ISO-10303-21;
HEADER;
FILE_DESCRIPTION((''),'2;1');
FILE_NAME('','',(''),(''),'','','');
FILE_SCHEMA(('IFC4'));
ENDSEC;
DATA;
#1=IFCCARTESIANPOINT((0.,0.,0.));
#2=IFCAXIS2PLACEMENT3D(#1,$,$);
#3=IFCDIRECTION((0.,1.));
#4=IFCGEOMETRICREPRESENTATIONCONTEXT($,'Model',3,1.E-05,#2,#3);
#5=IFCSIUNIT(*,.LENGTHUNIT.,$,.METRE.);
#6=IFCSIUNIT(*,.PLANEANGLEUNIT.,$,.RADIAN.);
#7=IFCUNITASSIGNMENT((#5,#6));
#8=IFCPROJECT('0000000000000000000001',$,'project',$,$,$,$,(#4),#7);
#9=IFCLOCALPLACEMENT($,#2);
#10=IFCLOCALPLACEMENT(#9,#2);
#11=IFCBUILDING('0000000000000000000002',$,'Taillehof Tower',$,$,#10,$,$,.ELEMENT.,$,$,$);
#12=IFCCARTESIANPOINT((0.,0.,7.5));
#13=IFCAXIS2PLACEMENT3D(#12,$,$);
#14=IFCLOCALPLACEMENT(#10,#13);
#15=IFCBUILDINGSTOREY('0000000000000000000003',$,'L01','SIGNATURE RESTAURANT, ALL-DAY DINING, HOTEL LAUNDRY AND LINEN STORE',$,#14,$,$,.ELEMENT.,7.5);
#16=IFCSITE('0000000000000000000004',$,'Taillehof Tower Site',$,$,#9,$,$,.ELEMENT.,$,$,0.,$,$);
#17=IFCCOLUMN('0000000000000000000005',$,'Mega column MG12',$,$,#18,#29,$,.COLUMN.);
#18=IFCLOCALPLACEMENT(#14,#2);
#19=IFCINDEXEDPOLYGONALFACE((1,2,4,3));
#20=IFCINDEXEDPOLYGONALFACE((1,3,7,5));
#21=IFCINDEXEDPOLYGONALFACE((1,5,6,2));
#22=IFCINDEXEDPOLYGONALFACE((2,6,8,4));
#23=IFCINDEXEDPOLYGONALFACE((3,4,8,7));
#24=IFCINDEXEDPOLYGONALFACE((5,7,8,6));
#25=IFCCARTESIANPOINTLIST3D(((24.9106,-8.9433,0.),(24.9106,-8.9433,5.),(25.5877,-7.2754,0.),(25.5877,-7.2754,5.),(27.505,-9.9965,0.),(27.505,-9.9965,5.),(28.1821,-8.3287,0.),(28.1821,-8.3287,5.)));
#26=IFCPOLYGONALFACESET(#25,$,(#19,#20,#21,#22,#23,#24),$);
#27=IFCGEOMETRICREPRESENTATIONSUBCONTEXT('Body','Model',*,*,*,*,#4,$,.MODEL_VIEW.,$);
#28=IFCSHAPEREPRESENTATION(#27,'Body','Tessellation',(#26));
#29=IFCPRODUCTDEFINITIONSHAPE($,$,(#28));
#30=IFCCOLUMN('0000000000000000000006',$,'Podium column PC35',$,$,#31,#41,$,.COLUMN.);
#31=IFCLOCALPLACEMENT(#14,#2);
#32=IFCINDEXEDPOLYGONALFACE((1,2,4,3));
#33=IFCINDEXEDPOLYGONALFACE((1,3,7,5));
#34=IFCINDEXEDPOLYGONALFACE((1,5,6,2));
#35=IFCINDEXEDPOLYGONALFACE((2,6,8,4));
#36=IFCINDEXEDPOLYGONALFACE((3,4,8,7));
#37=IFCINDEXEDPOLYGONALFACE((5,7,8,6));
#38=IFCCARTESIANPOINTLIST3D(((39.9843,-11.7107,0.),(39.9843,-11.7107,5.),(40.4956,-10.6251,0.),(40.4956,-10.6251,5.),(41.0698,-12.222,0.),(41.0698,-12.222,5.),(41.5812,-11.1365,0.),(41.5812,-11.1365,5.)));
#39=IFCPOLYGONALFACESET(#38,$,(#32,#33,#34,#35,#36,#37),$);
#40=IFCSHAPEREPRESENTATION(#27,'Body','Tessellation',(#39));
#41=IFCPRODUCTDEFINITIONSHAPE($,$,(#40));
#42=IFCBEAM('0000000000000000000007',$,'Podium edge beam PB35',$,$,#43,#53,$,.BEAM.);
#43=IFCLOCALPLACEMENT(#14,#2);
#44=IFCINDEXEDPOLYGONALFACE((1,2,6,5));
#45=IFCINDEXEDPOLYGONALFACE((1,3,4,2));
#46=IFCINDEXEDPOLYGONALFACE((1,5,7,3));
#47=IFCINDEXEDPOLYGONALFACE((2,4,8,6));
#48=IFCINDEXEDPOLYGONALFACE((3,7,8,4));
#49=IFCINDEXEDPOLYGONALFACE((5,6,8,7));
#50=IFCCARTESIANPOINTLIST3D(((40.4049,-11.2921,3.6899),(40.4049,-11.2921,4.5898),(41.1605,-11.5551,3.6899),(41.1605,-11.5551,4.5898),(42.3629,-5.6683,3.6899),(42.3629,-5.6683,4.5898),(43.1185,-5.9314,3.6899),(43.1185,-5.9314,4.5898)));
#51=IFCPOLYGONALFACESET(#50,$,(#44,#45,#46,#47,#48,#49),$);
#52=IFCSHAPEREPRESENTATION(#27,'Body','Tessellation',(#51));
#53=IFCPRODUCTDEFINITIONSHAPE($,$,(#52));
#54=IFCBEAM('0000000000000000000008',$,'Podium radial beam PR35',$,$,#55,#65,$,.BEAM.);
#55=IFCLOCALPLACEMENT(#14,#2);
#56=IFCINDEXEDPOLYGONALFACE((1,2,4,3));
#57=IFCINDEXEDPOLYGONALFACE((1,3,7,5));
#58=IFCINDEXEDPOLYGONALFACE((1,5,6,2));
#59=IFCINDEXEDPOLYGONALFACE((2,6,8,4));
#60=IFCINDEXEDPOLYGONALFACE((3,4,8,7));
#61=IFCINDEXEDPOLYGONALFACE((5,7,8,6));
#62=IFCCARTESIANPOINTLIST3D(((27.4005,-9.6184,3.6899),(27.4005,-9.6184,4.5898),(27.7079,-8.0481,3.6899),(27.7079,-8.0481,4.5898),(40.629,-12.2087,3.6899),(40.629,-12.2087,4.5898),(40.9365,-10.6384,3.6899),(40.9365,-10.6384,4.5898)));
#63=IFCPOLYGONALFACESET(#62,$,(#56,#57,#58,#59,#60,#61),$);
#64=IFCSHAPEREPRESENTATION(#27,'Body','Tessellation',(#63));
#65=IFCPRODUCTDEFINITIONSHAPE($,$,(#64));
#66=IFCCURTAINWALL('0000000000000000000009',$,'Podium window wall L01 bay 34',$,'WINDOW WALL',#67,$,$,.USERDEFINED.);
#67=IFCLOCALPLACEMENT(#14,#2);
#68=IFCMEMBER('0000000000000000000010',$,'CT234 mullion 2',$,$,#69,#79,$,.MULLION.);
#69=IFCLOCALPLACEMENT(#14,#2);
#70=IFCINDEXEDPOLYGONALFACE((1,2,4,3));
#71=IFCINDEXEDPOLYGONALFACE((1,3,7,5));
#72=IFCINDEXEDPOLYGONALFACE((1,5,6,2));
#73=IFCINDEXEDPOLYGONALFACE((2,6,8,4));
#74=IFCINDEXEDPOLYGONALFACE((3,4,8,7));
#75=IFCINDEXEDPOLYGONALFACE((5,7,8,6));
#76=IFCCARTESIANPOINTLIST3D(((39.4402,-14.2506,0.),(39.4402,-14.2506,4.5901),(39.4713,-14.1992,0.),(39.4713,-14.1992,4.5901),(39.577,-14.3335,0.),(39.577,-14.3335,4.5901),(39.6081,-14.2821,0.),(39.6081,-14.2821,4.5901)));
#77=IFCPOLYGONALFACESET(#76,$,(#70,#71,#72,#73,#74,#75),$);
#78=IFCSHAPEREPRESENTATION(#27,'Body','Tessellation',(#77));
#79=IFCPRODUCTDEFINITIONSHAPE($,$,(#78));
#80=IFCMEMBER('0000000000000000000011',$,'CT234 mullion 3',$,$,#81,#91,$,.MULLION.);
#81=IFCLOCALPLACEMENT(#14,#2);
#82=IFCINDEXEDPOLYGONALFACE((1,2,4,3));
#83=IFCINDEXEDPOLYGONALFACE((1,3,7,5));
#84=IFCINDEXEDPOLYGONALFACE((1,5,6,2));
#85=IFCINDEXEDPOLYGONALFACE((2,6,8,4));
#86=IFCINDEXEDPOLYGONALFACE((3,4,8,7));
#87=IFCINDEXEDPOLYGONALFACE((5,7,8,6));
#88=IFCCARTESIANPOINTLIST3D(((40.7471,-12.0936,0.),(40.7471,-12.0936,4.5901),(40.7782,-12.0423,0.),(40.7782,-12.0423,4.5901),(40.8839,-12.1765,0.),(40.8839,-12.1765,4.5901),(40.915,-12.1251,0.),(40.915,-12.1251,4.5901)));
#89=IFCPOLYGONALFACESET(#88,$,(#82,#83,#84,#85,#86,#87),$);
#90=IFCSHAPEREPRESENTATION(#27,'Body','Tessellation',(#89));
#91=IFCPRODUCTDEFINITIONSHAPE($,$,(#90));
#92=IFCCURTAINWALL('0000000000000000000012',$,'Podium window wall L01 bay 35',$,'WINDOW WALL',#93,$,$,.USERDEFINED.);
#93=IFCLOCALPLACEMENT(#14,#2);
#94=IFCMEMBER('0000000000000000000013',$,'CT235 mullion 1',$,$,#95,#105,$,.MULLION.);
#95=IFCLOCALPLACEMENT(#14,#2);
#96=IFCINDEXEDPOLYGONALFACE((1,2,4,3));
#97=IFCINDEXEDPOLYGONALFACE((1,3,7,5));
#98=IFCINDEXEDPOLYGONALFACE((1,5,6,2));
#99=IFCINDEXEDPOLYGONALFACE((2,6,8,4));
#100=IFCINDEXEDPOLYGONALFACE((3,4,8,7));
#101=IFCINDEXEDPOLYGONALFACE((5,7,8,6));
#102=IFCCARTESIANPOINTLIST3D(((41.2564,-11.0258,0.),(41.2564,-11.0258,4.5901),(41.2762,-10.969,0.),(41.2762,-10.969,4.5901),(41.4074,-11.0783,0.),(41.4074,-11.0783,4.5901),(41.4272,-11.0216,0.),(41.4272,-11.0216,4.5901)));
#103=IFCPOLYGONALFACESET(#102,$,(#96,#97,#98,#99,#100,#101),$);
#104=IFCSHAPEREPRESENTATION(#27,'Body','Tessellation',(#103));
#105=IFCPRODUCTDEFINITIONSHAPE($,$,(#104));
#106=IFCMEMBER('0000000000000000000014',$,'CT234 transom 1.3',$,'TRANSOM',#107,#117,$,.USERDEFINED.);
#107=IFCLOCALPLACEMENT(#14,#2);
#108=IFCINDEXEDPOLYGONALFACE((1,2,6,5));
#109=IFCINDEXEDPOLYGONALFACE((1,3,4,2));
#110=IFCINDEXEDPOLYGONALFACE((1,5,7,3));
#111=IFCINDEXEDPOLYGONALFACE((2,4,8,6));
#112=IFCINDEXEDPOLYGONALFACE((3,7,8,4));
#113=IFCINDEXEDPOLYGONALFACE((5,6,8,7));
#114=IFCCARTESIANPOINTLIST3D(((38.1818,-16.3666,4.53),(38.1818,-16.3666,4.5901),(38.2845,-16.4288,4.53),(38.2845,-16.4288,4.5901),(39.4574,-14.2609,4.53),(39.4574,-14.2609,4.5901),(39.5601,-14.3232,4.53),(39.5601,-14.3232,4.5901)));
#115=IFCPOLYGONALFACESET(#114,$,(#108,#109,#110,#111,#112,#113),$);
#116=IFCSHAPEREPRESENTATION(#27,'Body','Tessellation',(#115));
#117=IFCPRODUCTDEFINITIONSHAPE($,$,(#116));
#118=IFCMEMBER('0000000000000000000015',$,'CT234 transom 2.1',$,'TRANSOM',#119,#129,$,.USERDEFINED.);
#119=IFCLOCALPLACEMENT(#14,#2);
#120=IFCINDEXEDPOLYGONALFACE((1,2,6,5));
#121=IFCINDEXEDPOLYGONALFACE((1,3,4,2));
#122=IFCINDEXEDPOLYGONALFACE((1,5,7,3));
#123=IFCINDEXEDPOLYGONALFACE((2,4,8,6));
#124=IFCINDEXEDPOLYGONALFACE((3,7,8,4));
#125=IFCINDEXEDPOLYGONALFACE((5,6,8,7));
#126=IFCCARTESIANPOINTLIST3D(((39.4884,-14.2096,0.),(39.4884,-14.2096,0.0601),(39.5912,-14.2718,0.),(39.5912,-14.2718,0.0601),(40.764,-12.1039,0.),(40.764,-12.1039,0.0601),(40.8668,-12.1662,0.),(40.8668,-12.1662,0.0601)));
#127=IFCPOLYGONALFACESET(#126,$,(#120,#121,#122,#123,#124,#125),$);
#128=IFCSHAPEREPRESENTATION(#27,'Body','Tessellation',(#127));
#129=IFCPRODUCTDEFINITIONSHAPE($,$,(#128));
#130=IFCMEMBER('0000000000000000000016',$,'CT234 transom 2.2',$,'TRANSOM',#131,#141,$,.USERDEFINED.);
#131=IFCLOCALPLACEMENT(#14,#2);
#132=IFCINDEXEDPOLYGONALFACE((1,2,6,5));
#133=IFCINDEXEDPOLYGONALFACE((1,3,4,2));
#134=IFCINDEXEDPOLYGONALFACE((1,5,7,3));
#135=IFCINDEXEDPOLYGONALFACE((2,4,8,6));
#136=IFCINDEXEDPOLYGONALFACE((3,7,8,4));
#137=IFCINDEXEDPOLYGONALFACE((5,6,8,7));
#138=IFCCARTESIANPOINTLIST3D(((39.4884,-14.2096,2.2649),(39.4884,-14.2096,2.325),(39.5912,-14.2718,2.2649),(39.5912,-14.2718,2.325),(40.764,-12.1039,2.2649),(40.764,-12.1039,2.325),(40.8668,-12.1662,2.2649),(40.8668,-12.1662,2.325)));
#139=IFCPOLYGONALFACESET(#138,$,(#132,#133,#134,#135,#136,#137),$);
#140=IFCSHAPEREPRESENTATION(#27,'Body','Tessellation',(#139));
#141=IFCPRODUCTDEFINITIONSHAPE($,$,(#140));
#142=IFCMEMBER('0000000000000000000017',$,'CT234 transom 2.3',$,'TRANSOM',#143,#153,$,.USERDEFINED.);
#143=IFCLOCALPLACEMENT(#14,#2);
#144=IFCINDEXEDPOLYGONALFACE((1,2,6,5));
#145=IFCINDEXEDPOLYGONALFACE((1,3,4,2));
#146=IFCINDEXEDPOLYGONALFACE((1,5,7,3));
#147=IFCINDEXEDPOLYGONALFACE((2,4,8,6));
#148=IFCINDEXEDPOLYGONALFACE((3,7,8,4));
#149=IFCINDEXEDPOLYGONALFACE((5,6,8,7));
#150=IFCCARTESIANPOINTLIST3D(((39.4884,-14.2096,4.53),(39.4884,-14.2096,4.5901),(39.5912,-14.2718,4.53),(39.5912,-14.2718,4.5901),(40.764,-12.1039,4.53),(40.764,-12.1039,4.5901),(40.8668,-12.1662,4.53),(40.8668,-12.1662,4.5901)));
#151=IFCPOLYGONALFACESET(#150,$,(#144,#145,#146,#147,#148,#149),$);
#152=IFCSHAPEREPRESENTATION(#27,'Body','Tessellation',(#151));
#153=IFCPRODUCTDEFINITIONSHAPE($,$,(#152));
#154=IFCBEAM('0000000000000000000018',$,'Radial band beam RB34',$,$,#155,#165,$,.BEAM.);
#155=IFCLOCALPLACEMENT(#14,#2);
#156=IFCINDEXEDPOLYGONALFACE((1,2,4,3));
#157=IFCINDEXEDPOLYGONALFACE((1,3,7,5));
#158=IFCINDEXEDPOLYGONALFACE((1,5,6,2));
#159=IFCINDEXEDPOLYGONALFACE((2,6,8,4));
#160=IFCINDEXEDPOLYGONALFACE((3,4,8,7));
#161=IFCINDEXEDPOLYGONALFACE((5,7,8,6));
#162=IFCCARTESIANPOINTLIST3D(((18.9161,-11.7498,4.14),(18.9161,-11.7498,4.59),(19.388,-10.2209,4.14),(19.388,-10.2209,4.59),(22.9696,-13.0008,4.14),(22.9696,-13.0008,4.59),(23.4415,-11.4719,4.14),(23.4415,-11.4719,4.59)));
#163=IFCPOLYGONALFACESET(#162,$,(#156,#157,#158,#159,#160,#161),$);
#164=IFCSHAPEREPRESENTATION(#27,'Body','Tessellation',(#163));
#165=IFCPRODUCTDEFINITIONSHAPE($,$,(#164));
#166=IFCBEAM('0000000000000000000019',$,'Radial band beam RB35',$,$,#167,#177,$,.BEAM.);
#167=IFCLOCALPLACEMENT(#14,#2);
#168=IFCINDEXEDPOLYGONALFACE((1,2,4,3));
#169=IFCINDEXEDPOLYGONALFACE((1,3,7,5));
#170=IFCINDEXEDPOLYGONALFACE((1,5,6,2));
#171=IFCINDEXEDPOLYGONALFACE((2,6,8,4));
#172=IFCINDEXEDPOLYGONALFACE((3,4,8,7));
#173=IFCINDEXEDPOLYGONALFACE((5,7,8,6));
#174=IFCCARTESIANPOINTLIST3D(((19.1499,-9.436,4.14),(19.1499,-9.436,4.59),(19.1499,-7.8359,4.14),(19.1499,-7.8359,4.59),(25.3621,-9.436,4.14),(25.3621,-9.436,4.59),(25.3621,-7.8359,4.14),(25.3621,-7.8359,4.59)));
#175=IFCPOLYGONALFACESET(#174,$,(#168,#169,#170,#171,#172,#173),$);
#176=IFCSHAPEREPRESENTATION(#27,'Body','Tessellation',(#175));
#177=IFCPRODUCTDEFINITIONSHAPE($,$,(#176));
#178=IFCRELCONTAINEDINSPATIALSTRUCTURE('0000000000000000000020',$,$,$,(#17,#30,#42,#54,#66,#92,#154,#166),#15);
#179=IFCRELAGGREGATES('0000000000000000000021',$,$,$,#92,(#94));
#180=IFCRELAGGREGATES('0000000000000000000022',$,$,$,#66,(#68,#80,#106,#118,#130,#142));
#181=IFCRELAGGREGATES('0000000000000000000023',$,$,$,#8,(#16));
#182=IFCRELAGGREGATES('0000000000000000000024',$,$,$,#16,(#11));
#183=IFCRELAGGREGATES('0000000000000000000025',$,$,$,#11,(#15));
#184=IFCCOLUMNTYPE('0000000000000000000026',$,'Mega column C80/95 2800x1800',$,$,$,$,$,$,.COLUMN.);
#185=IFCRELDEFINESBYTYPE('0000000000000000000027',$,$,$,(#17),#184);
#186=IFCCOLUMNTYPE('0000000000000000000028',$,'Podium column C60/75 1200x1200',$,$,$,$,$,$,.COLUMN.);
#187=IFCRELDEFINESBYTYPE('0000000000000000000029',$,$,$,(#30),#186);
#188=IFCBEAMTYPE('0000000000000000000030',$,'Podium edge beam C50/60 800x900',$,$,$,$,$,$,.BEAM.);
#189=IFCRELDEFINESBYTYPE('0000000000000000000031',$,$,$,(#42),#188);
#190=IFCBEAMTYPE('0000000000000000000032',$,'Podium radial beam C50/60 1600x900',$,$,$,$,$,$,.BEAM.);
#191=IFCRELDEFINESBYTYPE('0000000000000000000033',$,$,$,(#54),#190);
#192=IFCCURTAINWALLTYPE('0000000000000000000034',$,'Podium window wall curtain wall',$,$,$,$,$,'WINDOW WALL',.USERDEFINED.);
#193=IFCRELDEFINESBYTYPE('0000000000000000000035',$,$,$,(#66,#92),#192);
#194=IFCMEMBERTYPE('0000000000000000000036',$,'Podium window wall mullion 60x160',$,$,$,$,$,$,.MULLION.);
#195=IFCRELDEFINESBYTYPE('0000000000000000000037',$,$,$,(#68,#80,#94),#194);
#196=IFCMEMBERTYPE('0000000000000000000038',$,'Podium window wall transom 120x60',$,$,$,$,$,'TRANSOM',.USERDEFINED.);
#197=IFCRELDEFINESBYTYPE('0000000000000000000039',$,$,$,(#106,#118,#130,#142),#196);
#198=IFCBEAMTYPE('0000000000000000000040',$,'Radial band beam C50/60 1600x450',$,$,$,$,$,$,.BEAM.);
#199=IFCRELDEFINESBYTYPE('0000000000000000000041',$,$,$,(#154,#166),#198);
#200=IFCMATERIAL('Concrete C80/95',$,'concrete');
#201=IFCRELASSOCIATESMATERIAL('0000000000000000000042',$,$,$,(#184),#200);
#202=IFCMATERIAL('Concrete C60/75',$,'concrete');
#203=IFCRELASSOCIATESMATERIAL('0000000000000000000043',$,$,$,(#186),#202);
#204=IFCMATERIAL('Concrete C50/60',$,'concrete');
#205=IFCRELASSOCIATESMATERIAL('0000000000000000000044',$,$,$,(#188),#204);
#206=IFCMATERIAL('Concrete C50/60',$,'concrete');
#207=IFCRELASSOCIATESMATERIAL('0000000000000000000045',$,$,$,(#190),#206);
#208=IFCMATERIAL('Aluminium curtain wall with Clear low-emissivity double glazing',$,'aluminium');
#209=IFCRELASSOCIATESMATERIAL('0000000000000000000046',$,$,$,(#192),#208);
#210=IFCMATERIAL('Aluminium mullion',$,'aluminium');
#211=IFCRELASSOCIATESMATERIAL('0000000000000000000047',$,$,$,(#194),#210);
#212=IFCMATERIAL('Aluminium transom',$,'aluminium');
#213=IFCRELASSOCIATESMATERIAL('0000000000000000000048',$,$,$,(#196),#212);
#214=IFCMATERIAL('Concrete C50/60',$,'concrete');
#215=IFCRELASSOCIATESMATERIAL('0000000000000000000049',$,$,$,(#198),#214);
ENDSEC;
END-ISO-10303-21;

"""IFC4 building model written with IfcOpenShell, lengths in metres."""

from ifc_helpers import new_model, si_unit, direction, frame, origin, origin_2d, place, context, subcontext, project, spatial, rectangle, extrude, material, material_profile, profile_set, type_object, element, aggregate, save


model = new_model("IFC4")

# Units and contexts
model_context = context("Model", 3, precision=1e-05, world=origin(), true_north=direction((0.0, 1.0)))
body_context = subcontext(model_context, "Body", "Model", "MODEL_VIEW")
ifc_project = project(units=[si_unit("LENGTHUNIT", "METRE"), si_unit("PLANEANGLEUNIT", "RADIAN")], contexts=[model_context])

# Site, building, storey
site_placement = place(None, origin())
site = spatial("IfcSite", under=ifc_project, at=site_placement, Name="Taillehof Tower Site", CompositionType="ELEMENT", RefElevation=0.0)
building_placement = place(site_placement, origin())
building = spatial("IfcBuilding", under=site, at=building_placement, Name="Taillehof Tower", CompositionType="ELEMENT")
storey_placement = place(building_placement, frame((0.0, 0.0, 7.5)))
storey = spatial("IfcBuildingStorey", under=building, at=storey_placement, Name="L01", Description="SIGNATURE RESTAURANT, ALL-DAY DINING, HOTEL LAUNDRY AND LINEN STORE", CompositionType="ELEMENT", Elevation=7.5)

# Columns
ifc_material_1 = material(Name="Concrete C80/95", Category="concrete")
ifc_material_profile_1 = material_profile(ifc_material_1, rectangle(XDim=2.8, YDim=1.8, at=origin_2d()), Name="RC 2800x1800")
ifc_profile_set_1 = profile_set([ifc_material_profile_1], Name="Concrete C80/95")
column_type_1 = type_object("IfcColumnType", Name="Mega column C80/95 2800x1800", PredefinedType="COLUMN", material=ifc_profile_set_1)
column_1_placement = place(storey_placement, frame((26.5464, -8.636, 0.0), z_axis=(0.0, 0.0, 1.0), x_axis=(0.926558, -0.376152, 0.0)))
element("IfcColumn", 1, at=column_1_placement, inside=storey, type_object=column_type_1, Name="Mega column MG12", PredefinedType="COLUMN", context=body_context, shape_type="SweptSolid", body=[
    extrude(rectangle(XDim=2.8, YDim=1.8, at=origin_2d()), origin(), (0.0, 0.0, 1.0), 5.0),
])
ifc_material_2 = material(Name="Concrete C60/75", Category="concrete")
ifc_material_profile_2 = material_profile(ifc_material_2, rectangle(XDim=1.2, YDim=1.2, at=origin_2d()), Name="RC 1200x1200")
ifc_profile_set_2 = profile_set([ifc_material_profile_2], Name="Concrete C60/75")
column_type_2 = type_object("IfcColumnType", Name="Podium column C60/75 1200x1200", PredefinedType="COLUMN", material=ifc_profile_set_2)
column_2_placement = place(storey_placement, frame((40.7827, -11.4236, 0.0), z_axis=(0.0, 0.0, 1.0), x_axis=(0.904668, -0.426117, 0.0)))
element("IfcColumn", 2, at=column_2_placement, inside=storey, type_object=column_type_2, Name="Podium column PC35", PredefinedType="COLUMN", context=body_context, shape_type="SweptSolid", body=[
    extrude(rectangle(XDim=1.2, YDim=1.2, at=origin_2d()), origin(), (0.0, 0.0, 1.0), 5.0),
])

# Beams
ifc_material_3 = material(Name="Concrete C50/60", Category="concrete")
ifc_material_profile_3 = material_profile(ifc_material_3, rectangle(XDim=0.8, YDim=0.8999, at=origin_2d()), Name="RC 800x900")
ifc_profile_set_3 = profile_set([ifc_material_profile_3], Name="Concrete C50/60")
beam_type_1 = type_object("IfcBeamType", Name="Podium edge beam C50/60 800x900", PredefinedType="BEAM", material=ifc_profile_set_3)
beam_1_placement = place(storey_placement, frame((40.7827, -11.4236, 4.1399), z_axis=(0.328807, 0.944397, 0.0), x_axis=(-0.944397, 0.328807, 0.0)))
element("IfcBeam", 3, at=beam_1_placement, inside=storey, type_object=beam_type_1, Name="Podium edge beam PB35", PredefinedType="BEAM", context=body_context, shape_type="SweptSolid", body=[
    extrude(rectangle(XDim=0.8, YDim=0.8999, at=origin_2d()), origin(), (0.0, 0.0, 1.0), 5.9548),
])
ifc_material_4 = material(Name="Concrete C50/60", Category="concrete")
ifc_material_profile_4 = material_profile(ifc_material_4, rectangle(XDim=1.6001, YDim=0.8999, at=origin_2d()), Name="RC 1600x900")
ifc_profile_set_4 = profile_set([ifc_material_profile_4], Name="Concrete C50/60")
beam_type_2 = type_object("IfcBeamType", Name="Podium radial beam C50/60 1600x900", PredefinedType="BEAM", material=ifc_profile_set_4)
beam_2_placement = place(storey_placement, frame((40.7827, -11.4236, 4.1399), z_axis=(-0.981363, 0.192165, 0.0), x_axis=(-0.192165, -0.981363, 0.0)))
element("IfcBeam", 4, at=beam_2_placement, inside=storey, type_object=beam_type_2, Name="Podium radial beam PR35", PredefinedType="BEAM", context=body_context, shape_type="SweptSolid", body=[
    extrude(rectangle(XDim=1.6001, YDim=0.8999, at=origin_2d()), origin(), (0.0, 0.0, 1.0), 13.4797),
])

# Curtain wall, members
ifc_material_5 = material(Name="Aluminium curtain wall with Clear low-emissivity double glazing", Category="aluminium")
curtain_wall_type = type_object("IfcCurtainWallType", Name="Podium window wall curtain wall", ElementType="WINDOW WALL", PredefinedType="USERDEFINED", material=ifc_material_5)
curtain_wall_1_placement = place(storey_placement, origin())
curtain_wall_1 = element("IfcCurtainWall", 5, at=curtain_wall_1_placement, inside=storey, type_object=curtain_wall_type, Name="Podium window wall L01 bay 34", ObjectType="WINDOW WALL", PredefinedType="USERDEFINED")
ifc_material_6 = material(Name="Aluminium mullion", Category="aluminium")
ifc_material_profile_5 = material_profile(ifc_material_6, rectangle(XDim=0.1599, YDim=0.0601, at=origin_2d()), Name="AL 60x160")
ifc_profile_set_5 = profile_set([ifc_material_profile_5], Name="Aluminium mullion")
member_type_1 = type_object("IfcMemberType", Name="Podium window wall mullion 60x160", PredefinedType="MULLION", material=ifc_profile_set_5)
member_1_placement = place(storey_placement, frame((39.5242, -14.2664, 0.0), z_axis=(0.0, 0.0, 1.0), x_axis=(-0.855289, 0.518151, 0.0)))
member_1 = element("IfcMember", 6, at=member_1_placement, type_object=member_type_1, Name="CT234 mullion 2", PredefinedType="MULLION", context=body_context, shape_type="SweptSolid", body=[
    extrude(rectangle(XDim=0.1599, YDim=0.0601, at=origin_2d()), origin(), (0.0, 0.0, 1.0), 4.5901),
])
member_2_placement = place(storey_placement, frame((40.8311, -12.1094, 0.0), z_axis=(0.0, 0.0, 1.0), x_axis=(-0.855289, 0.518151, 0.0)))
member_2 = element("IfcMember", 7, at=member_2_placement, type_object=member_type_1, Name="CT234 mullion 3", PredefinedType="MULLION", context=body_context, shape_type="SweptSolid", body=[
    extrude(rectangle(XDim=0.1599, YDim=0.0601, at=origin_2d()), origin(), (0.0, 0.0, 1.0), 4.5901),
])

# Curtain wall, member
curtain_wall_2_placement = place(storey_placement, origin())
curtain_wall_2 = element("IfcCurtainWall", 8, at=curtain_wall_2_placement, inside=storey, type_object=curtain_wall_type, Name="Podium window wall L01 bay 35", ObjectType="WINDOW WALL", PredefinedType="USERDEFINED")
member_3_placement = place(storey_placement, frame((41.3418, -11.0237, 0.0), z_axis=(0.0, 0.0, 1.0), x_axis=(-0.944414, 0.328758, 0.0)))
member_3 = element("IfcMember", 9, at=member_3_placement, type_object=member_type_1, Name="CT235 mullion 1", PredefinedType="MULLION", context=body_context, shape_type="SweptSolid", body=[
    extrude(rectangle(XDim=0.1599, YDim=0.0601, at=origin_2d()), origin(), (0.0, 0.0, 1.0), 4.5901),
])
aggregate(curtain_wall_2, [member_3])

# Members
ifc_material_7 = material(Name="Aluminium transom", Category="aluminium")
ifc_material_profile_6 = material_profile(ifc_material_7, rectangle(XDim=0.1201, YDim=0.0601, at=origin_2d()), Name="AL 120x60")
ifc_profile_set_6 = profile_set([ifc_material_profile_6], Name="Aluminium transom")
member_type_2 = type_object("IfcMemberType", Name="Podium window wall transom 120x60", ElementType="TRANSOM", PredefinedType="USERDEFINED", material=ifc_profile_set_6)
member_4_placement = place(storey_placement, frame((38.2332, -16.3977, 4.5601), z_axis=(0.518137, 0.855298, 0.0), x_axis=(-0.855298, 0.518137, 0.0)))
member_4 = element("IfcMember", 10, at=member_4_placement, type_object=member_type_2, Name="CT234 transom 1.3", ObjectType="TRANSOM", PredefinedType="USERDEFINED", context=body_context, shape_type="SweptSolid", body=[
    extrude(rectangle(XDim=0.1201, YDim=0.0601, at=origin_2d()), origin(), (0.0, 0.0, 1.0), 2.4619),
])
member_5_placement = place(storey_placement, frame((39.5398, -14.2407, 0.03), z_axis=(0.518137, 0.855298, 0.0), x_axis=(-0.855298, 0.518137, 0.0)))
member_5 = element("IfcMember", 11, at=member_5_placement, type_object=member_type_2, Name="CT234 transom 2.1", ObjectType="TRANSOM", PredefinedType="USERDEFINED", context=body_context, shape_type="SweptSolid", body=[
    extrude(rectangle(XDim=0.1201, YDim=0.0601, at=origin_2d()), origin(), (0.0, 0.0, 1.0), 2.4619),
])
member_6_placement = place(storey_placement, frame((39.5398, -14.2407, 2.2949), z_axis=(0.518137, 0.855298, 0.0), x_axis=(-0.855298, 0.518137, 0.0)))
member_6 = element("IfcMember", 12, at=member_6_placement, type_object=member_type_2, Name="CT234 transom 2.2", ObjectType="TRANSOM", PredefinedType="USERDEFINED", context=body_context, shape_type="SweptSolid", body=[
    extrude(rectangle(XDim=0.1201, YDim=0.0601, at=origin_2d()), origin(), (0.0, 0.0, 1.0), 2.4619),
])
member_7_placement = place(storey_placement, frame((39.5398, -14.2407, 4.5601), z_axis=(0.518137, 0.855298, 0.0), x_axis=(-0.855298, 0.518137, 0.0)))
member_7 = element("IfcMember", 13, at=member_7_placement, type_object=member_type_2, Name="CT234 transom 2.3", ObjectType="TRANSOM", PredefinedType="USERDEFINED", context=body_context, shape_type="SweptSolid", body=[
    extrude(rectangle(XDim=0.1201, YDim=0.0601, at=origin_2d()), origin(), (0.0, 0.0, 1.0), 2.4619),
])

# Beams
ifc_material_8 = material(Name="Concrete C50/60", Category="concrete")
ifc_material_profile_7 = material_profile(ifc_material_8, rectangle(XDim=1.6001, YDim=0.45, at=origin_2d()), Name="RC 1600x450")
ifc_profile_set_7 = profile_set([ifc_material_profile_7], Name="Concrete C50/60")
beam_type_3 = type_object("IfcBeamType", Name="Radial band beam C50/60 1600x450", PredefinedType="BEAM", material=ifc_profile_set_7)
beam_3_placement = place(storey_placement, frame((23.2056, -12.2363, 4.365), z_axis=(-0.95553, 0.294895, 0.0), x_axis=(-0.294895, -0.95553, 0.0)))
element("IfcBeam", 14, at=beam_3_placement, inside=storey, type_object=beam_type_3, Name="Radial band beam RB34", PredefinedType="BEAM", context=body_context, shape_type="SweptSolid", body=[
    extrude(rectangle(XDim=1.6001, YDim=0.45, at=origin_2d()), origin(), (0.0, 0.0, 1.0), 4.2422),
])
beam_4_placement = place(storey_placement, frame((25.3621, -8.636, 4.365), z_axis=(-1.0, 0.0, 0.0), x_axis=(0.0, -1.0, 0.0)))
element("IfcBeam", 15, at=beam_4_placement, inside=storey, type_object=beam_type_3, Name="Radial band beam RB35", PredefinedType="BEAM", context=body_context, shape_type="SweptSolid", body=[
    extrude(rectangle(XDim=1.6001, YDim=0.45, at=origin_2d()), origin(), (0.0, 0.0, 1.0), 6.2122),
])

aggregate(curtain_wall_1, [member_1, member_2, member_4, member_5, member_6, member_7])

save(model, "model.ifc")
